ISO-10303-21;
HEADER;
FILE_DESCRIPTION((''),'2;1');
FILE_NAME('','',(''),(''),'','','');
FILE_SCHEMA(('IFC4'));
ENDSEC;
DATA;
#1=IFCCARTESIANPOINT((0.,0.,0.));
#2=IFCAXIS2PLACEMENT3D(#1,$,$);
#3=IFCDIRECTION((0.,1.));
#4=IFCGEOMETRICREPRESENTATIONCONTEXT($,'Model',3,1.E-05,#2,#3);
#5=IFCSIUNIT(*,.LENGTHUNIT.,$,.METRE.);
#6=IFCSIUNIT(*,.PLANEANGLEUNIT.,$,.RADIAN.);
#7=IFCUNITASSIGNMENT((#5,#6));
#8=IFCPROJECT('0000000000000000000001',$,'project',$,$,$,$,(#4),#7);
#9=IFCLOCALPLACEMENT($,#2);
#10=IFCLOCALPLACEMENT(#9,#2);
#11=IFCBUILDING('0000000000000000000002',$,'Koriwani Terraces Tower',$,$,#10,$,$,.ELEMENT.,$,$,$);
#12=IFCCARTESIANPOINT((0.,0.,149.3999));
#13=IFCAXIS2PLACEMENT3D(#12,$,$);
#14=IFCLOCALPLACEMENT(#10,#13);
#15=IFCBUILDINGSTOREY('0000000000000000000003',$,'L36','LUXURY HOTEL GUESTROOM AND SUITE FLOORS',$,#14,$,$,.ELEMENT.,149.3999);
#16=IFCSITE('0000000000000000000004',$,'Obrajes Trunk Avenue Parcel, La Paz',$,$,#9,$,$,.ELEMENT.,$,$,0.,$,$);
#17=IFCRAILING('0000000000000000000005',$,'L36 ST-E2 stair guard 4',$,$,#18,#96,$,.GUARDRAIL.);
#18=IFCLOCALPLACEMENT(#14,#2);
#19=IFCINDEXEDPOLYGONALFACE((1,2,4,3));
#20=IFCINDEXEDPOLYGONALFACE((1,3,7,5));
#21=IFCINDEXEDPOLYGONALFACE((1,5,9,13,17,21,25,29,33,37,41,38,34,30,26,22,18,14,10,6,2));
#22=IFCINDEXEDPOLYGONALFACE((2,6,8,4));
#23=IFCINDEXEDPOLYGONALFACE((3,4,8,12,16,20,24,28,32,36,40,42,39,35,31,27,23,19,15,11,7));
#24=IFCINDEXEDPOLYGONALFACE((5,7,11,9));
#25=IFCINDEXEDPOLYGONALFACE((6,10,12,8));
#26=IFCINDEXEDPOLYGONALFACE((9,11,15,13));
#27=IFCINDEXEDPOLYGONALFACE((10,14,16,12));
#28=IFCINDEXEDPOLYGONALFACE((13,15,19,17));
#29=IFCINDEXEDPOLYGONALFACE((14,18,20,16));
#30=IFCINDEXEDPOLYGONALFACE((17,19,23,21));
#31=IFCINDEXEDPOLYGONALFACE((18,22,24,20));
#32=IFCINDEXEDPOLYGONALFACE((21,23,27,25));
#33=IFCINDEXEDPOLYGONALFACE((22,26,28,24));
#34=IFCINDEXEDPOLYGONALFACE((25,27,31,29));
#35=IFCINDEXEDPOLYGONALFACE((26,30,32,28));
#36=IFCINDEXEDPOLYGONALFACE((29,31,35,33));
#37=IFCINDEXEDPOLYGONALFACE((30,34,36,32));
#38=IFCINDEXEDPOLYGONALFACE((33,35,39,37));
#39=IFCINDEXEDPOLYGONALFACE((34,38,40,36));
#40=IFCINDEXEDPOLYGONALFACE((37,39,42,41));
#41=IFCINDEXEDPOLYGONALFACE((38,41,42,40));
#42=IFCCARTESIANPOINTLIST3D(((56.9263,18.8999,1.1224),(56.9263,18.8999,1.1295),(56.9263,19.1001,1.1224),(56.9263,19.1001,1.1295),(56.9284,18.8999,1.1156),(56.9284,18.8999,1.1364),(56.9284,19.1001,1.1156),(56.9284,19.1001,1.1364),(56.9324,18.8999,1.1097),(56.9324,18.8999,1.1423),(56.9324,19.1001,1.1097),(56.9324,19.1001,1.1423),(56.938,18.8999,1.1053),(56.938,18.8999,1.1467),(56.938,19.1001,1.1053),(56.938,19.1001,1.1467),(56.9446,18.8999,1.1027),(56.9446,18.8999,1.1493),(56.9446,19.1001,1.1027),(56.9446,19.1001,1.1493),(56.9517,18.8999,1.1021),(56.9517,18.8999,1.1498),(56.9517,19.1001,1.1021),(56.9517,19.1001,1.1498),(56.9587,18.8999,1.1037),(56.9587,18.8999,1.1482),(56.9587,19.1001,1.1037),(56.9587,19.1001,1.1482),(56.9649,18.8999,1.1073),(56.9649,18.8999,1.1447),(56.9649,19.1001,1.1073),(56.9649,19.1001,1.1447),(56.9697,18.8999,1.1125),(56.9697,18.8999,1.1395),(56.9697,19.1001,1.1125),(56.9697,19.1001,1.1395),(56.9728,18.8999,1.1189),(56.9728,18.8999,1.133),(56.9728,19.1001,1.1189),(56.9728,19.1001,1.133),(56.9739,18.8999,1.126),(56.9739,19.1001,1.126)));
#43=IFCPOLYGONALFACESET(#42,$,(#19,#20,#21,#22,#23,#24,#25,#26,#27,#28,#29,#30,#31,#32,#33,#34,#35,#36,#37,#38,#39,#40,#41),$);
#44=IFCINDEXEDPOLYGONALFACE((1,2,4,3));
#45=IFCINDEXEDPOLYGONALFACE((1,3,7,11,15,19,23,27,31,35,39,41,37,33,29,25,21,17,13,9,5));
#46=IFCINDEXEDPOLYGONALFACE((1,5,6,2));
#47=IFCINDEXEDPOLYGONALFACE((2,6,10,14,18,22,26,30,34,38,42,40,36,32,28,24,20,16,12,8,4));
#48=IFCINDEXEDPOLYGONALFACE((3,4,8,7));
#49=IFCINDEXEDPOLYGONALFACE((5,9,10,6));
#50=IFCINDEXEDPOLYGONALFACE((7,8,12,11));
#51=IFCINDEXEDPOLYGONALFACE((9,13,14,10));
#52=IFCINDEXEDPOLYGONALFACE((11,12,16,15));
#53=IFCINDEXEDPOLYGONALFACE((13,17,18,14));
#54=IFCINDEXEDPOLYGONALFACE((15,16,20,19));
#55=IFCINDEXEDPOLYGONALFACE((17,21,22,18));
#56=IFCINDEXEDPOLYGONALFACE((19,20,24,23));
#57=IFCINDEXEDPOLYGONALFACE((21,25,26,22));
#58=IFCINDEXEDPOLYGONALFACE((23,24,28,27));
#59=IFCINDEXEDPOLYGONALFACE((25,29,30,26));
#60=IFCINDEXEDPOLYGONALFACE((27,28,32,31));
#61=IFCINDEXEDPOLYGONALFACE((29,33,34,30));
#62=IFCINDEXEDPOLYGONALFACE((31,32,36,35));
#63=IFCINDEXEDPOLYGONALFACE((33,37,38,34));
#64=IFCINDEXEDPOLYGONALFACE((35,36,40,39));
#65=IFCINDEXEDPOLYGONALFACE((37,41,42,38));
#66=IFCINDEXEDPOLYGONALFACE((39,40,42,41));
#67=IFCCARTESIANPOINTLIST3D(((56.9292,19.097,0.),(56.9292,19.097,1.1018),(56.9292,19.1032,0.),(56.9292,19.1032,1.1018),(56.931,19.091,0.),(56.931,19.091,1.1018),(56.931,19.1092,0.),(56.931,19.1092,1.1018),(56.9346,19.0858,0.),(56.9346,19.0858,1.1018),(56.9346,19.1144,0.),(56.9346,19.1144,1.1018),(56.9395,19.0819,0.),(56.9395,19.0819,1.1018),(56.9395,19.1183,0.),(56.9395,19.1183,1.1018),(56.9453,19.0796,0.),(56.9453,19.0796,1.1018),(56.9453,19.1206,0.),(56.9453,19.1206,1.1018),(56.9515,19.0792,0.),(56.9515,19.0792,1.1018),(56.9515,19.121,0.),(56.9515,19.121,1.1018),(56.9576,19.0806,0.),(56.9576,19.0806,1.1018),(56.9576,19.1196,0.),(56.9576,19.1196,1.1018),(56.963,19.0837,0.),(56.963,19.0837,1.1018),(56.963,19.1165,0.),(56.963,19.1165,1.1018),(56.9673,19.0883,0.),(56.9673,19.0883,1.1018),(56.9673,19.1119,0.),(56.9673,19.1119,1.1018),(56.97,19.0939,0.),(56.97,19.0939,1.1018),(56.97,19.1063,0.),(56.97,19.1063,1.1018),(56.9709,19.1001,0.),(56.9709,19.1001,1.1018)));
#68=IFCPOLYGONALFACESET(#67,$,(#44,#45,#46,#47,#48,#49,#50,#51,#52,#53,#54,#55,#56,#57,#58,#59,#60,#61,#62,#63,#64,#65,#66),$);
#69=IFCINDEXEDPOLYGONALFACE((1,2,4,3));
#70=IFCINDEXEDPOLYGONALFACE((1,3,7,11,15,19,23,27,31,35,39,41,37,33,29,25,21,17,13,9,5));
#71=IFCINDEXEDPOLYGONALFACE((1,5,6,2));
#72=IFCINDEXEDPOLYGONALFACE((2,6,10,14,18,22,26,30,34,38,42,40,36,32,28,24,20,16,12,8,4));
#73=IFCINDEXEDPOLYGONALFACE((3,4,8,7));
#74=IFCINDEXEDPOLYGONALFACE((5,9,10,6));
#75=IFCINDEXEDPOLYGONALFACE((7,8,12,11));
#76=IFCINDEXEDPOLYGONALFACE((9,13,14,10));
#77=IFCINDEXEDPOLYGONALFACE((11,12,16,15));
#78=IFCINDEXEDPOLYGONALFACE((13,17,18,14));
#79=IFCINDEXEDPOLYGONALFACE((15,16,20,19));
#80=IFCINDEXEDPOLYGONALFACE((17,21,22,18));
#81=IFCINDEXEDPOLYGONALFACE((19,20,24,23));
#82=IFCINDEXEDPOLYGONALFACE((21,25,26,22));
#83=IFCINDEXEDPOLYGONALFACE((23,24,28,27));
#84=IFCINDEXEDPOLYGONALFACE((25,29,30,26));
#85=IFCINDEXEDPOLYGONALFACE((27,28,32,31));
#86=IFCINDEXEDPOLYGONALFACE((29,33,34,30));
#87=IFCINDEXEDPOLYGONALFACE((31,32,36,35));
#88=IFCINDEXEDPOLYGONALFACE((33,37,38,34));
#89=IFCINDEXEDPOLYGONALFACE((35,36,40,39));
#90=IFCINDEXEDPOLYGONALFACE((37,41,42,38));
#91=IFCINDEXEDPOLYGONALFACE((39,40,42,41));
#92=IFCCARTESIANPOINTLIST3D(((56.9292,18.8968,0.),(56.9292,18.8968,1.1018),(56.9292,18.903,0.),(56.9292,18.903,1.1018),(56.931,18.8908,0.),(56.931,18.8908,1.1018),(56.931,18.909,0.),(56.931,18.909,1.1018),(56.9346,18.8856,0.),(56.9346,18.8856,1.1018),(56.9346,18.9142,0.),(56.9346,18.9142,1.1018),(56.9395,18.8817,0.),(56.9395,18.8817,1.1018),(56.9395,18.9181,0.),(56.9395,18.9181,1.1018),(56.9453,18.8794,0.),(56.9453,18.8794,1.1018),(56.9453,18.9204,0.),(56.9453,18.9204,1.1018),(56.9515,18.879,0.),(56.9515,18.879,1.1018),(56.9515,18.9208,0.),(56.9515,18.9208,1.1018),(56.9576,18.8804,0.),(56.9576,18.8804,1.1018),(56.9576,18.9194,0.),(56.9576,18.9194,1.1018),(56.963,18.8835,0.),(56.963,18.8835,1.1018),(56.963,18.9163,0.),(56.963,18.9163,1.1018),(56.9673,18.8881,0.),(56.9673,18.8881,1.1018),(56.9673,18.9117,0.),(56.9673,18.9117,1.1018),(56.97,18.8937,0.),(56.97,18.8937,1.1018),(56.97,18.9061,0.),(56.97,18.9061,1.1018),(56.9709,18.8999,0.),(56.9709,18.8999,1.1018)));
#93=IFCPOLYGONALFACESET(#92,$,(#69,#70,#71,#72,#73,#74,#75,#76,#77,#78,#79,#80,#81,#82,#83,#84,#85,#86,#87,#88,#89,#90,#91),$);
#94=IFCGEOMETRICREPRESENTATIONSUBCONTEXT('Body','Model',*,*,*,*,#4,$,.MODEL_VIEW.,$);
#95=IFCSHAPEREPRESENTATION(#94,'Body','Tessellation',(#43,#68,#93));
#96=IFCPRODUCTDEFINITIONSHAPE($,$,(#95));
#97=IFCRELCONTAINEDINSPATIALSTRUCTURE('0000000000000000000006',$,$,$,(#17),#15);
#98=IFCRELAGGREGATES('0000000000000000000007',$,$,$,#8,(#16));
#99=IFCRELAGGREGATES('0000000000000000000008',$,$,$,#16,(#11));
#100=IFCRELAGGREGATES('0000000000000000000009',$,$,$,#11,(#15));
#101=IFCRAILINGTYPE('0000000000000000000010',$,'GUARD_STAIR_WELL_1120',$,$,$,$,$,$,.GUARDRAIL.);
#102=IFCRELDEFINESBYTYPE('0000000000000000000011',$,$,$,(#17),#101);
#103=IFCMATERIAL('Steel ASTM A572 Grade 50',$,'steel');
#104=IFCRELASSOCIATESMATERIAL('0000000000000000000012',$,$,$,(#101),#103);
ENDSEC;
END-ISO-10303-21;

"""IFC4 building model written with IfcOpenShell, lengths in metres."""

from ifc_helpers import new_model, si_unit, direction, frame, origin, origin_2d, place, context, subcontext, project, spatial, circle, extrude, material, type_object, element, save


model = new_model("IFC4")

# Units and contexts
model_context = context("Model", 3, precision=1e-05, world=origin(), true_north=direction((0.0, 1.0)))
body_context = subcontext(model_context, "Body", "Model", "MODEL_VIEW")
ifc_project = project(units=[si_unit("LENGTHUNIT", "METRE"), si_unit("PLANEANGLEUNIT", "RADIAN")], contexts=[model_context])

# Site, building, storey
site_placement = place(None, origin())
site = spatial("IfcSite", under=ifc_project, at=site_placement, Name="Obrajes Trunk Avenue Parcel, La Paz", CompositionType="ELEMENT", RefElevation=0.0)
building_placement = place(site_placement, origin())
building = spatial("IfcBuilding", under=site, at=building_placement, Name="Koriwani Terraces Tower", CompositionType="ELEMENT")
storey_placement = place(building_placement, frame((0.0, 0.0, 149.3999)))
storey = spatial("IfcBuildingStorey", under=building, at=storey_placement, Name="L36", Description="LUXURY HOTEL GUESTROOM AND SUITE FLOORS", CompositionType="ELEMENT", Elevation=149.3999)

# Shared definitions
ifc_material_1 = material(Name="Steel ASTM A572 Grade 50", Category="steel")

# Railing
railing_type_1 = type_object("IfcRailingType", Name="GUARD_STAIR_WELL_1120", PredefinedType="GUARDRAIL", material=ifc_material_1)
railing_1_placement = place(storey_placement, frame((56.95, 19.1001, 0.0)))
element("IfcRailing", 1, at=railing_1_placement, inside=storey, type_object=railing_type_1, Name="L36 ST-E2 stair guard 4", PredefinedType="GUARDRAIL", context=body_context, shape_type="SweptSolid", body=[
    extrude(circle(Radius=0.0239, at=origin_2d()), frame((0.0, 0.0, 1.126), z_axis=(0.0, -1.0, 0.0), x_axis=(1.0, 0.0, 0.0)), (0.0, 0.0, 1.0), 0.2002),
    extrude(circle(Radius=0.021, at=origin_2d()), origin(), (0.0, 0.0, 1.0), 1.1018),
    extrude(circle(Radius=0.021, at=origin_2d()), frame((0.0, -0.2002, 0.0)), (0.0, 0.0, 1.0), 1.1018),
])

save(model, "model.ifc")
